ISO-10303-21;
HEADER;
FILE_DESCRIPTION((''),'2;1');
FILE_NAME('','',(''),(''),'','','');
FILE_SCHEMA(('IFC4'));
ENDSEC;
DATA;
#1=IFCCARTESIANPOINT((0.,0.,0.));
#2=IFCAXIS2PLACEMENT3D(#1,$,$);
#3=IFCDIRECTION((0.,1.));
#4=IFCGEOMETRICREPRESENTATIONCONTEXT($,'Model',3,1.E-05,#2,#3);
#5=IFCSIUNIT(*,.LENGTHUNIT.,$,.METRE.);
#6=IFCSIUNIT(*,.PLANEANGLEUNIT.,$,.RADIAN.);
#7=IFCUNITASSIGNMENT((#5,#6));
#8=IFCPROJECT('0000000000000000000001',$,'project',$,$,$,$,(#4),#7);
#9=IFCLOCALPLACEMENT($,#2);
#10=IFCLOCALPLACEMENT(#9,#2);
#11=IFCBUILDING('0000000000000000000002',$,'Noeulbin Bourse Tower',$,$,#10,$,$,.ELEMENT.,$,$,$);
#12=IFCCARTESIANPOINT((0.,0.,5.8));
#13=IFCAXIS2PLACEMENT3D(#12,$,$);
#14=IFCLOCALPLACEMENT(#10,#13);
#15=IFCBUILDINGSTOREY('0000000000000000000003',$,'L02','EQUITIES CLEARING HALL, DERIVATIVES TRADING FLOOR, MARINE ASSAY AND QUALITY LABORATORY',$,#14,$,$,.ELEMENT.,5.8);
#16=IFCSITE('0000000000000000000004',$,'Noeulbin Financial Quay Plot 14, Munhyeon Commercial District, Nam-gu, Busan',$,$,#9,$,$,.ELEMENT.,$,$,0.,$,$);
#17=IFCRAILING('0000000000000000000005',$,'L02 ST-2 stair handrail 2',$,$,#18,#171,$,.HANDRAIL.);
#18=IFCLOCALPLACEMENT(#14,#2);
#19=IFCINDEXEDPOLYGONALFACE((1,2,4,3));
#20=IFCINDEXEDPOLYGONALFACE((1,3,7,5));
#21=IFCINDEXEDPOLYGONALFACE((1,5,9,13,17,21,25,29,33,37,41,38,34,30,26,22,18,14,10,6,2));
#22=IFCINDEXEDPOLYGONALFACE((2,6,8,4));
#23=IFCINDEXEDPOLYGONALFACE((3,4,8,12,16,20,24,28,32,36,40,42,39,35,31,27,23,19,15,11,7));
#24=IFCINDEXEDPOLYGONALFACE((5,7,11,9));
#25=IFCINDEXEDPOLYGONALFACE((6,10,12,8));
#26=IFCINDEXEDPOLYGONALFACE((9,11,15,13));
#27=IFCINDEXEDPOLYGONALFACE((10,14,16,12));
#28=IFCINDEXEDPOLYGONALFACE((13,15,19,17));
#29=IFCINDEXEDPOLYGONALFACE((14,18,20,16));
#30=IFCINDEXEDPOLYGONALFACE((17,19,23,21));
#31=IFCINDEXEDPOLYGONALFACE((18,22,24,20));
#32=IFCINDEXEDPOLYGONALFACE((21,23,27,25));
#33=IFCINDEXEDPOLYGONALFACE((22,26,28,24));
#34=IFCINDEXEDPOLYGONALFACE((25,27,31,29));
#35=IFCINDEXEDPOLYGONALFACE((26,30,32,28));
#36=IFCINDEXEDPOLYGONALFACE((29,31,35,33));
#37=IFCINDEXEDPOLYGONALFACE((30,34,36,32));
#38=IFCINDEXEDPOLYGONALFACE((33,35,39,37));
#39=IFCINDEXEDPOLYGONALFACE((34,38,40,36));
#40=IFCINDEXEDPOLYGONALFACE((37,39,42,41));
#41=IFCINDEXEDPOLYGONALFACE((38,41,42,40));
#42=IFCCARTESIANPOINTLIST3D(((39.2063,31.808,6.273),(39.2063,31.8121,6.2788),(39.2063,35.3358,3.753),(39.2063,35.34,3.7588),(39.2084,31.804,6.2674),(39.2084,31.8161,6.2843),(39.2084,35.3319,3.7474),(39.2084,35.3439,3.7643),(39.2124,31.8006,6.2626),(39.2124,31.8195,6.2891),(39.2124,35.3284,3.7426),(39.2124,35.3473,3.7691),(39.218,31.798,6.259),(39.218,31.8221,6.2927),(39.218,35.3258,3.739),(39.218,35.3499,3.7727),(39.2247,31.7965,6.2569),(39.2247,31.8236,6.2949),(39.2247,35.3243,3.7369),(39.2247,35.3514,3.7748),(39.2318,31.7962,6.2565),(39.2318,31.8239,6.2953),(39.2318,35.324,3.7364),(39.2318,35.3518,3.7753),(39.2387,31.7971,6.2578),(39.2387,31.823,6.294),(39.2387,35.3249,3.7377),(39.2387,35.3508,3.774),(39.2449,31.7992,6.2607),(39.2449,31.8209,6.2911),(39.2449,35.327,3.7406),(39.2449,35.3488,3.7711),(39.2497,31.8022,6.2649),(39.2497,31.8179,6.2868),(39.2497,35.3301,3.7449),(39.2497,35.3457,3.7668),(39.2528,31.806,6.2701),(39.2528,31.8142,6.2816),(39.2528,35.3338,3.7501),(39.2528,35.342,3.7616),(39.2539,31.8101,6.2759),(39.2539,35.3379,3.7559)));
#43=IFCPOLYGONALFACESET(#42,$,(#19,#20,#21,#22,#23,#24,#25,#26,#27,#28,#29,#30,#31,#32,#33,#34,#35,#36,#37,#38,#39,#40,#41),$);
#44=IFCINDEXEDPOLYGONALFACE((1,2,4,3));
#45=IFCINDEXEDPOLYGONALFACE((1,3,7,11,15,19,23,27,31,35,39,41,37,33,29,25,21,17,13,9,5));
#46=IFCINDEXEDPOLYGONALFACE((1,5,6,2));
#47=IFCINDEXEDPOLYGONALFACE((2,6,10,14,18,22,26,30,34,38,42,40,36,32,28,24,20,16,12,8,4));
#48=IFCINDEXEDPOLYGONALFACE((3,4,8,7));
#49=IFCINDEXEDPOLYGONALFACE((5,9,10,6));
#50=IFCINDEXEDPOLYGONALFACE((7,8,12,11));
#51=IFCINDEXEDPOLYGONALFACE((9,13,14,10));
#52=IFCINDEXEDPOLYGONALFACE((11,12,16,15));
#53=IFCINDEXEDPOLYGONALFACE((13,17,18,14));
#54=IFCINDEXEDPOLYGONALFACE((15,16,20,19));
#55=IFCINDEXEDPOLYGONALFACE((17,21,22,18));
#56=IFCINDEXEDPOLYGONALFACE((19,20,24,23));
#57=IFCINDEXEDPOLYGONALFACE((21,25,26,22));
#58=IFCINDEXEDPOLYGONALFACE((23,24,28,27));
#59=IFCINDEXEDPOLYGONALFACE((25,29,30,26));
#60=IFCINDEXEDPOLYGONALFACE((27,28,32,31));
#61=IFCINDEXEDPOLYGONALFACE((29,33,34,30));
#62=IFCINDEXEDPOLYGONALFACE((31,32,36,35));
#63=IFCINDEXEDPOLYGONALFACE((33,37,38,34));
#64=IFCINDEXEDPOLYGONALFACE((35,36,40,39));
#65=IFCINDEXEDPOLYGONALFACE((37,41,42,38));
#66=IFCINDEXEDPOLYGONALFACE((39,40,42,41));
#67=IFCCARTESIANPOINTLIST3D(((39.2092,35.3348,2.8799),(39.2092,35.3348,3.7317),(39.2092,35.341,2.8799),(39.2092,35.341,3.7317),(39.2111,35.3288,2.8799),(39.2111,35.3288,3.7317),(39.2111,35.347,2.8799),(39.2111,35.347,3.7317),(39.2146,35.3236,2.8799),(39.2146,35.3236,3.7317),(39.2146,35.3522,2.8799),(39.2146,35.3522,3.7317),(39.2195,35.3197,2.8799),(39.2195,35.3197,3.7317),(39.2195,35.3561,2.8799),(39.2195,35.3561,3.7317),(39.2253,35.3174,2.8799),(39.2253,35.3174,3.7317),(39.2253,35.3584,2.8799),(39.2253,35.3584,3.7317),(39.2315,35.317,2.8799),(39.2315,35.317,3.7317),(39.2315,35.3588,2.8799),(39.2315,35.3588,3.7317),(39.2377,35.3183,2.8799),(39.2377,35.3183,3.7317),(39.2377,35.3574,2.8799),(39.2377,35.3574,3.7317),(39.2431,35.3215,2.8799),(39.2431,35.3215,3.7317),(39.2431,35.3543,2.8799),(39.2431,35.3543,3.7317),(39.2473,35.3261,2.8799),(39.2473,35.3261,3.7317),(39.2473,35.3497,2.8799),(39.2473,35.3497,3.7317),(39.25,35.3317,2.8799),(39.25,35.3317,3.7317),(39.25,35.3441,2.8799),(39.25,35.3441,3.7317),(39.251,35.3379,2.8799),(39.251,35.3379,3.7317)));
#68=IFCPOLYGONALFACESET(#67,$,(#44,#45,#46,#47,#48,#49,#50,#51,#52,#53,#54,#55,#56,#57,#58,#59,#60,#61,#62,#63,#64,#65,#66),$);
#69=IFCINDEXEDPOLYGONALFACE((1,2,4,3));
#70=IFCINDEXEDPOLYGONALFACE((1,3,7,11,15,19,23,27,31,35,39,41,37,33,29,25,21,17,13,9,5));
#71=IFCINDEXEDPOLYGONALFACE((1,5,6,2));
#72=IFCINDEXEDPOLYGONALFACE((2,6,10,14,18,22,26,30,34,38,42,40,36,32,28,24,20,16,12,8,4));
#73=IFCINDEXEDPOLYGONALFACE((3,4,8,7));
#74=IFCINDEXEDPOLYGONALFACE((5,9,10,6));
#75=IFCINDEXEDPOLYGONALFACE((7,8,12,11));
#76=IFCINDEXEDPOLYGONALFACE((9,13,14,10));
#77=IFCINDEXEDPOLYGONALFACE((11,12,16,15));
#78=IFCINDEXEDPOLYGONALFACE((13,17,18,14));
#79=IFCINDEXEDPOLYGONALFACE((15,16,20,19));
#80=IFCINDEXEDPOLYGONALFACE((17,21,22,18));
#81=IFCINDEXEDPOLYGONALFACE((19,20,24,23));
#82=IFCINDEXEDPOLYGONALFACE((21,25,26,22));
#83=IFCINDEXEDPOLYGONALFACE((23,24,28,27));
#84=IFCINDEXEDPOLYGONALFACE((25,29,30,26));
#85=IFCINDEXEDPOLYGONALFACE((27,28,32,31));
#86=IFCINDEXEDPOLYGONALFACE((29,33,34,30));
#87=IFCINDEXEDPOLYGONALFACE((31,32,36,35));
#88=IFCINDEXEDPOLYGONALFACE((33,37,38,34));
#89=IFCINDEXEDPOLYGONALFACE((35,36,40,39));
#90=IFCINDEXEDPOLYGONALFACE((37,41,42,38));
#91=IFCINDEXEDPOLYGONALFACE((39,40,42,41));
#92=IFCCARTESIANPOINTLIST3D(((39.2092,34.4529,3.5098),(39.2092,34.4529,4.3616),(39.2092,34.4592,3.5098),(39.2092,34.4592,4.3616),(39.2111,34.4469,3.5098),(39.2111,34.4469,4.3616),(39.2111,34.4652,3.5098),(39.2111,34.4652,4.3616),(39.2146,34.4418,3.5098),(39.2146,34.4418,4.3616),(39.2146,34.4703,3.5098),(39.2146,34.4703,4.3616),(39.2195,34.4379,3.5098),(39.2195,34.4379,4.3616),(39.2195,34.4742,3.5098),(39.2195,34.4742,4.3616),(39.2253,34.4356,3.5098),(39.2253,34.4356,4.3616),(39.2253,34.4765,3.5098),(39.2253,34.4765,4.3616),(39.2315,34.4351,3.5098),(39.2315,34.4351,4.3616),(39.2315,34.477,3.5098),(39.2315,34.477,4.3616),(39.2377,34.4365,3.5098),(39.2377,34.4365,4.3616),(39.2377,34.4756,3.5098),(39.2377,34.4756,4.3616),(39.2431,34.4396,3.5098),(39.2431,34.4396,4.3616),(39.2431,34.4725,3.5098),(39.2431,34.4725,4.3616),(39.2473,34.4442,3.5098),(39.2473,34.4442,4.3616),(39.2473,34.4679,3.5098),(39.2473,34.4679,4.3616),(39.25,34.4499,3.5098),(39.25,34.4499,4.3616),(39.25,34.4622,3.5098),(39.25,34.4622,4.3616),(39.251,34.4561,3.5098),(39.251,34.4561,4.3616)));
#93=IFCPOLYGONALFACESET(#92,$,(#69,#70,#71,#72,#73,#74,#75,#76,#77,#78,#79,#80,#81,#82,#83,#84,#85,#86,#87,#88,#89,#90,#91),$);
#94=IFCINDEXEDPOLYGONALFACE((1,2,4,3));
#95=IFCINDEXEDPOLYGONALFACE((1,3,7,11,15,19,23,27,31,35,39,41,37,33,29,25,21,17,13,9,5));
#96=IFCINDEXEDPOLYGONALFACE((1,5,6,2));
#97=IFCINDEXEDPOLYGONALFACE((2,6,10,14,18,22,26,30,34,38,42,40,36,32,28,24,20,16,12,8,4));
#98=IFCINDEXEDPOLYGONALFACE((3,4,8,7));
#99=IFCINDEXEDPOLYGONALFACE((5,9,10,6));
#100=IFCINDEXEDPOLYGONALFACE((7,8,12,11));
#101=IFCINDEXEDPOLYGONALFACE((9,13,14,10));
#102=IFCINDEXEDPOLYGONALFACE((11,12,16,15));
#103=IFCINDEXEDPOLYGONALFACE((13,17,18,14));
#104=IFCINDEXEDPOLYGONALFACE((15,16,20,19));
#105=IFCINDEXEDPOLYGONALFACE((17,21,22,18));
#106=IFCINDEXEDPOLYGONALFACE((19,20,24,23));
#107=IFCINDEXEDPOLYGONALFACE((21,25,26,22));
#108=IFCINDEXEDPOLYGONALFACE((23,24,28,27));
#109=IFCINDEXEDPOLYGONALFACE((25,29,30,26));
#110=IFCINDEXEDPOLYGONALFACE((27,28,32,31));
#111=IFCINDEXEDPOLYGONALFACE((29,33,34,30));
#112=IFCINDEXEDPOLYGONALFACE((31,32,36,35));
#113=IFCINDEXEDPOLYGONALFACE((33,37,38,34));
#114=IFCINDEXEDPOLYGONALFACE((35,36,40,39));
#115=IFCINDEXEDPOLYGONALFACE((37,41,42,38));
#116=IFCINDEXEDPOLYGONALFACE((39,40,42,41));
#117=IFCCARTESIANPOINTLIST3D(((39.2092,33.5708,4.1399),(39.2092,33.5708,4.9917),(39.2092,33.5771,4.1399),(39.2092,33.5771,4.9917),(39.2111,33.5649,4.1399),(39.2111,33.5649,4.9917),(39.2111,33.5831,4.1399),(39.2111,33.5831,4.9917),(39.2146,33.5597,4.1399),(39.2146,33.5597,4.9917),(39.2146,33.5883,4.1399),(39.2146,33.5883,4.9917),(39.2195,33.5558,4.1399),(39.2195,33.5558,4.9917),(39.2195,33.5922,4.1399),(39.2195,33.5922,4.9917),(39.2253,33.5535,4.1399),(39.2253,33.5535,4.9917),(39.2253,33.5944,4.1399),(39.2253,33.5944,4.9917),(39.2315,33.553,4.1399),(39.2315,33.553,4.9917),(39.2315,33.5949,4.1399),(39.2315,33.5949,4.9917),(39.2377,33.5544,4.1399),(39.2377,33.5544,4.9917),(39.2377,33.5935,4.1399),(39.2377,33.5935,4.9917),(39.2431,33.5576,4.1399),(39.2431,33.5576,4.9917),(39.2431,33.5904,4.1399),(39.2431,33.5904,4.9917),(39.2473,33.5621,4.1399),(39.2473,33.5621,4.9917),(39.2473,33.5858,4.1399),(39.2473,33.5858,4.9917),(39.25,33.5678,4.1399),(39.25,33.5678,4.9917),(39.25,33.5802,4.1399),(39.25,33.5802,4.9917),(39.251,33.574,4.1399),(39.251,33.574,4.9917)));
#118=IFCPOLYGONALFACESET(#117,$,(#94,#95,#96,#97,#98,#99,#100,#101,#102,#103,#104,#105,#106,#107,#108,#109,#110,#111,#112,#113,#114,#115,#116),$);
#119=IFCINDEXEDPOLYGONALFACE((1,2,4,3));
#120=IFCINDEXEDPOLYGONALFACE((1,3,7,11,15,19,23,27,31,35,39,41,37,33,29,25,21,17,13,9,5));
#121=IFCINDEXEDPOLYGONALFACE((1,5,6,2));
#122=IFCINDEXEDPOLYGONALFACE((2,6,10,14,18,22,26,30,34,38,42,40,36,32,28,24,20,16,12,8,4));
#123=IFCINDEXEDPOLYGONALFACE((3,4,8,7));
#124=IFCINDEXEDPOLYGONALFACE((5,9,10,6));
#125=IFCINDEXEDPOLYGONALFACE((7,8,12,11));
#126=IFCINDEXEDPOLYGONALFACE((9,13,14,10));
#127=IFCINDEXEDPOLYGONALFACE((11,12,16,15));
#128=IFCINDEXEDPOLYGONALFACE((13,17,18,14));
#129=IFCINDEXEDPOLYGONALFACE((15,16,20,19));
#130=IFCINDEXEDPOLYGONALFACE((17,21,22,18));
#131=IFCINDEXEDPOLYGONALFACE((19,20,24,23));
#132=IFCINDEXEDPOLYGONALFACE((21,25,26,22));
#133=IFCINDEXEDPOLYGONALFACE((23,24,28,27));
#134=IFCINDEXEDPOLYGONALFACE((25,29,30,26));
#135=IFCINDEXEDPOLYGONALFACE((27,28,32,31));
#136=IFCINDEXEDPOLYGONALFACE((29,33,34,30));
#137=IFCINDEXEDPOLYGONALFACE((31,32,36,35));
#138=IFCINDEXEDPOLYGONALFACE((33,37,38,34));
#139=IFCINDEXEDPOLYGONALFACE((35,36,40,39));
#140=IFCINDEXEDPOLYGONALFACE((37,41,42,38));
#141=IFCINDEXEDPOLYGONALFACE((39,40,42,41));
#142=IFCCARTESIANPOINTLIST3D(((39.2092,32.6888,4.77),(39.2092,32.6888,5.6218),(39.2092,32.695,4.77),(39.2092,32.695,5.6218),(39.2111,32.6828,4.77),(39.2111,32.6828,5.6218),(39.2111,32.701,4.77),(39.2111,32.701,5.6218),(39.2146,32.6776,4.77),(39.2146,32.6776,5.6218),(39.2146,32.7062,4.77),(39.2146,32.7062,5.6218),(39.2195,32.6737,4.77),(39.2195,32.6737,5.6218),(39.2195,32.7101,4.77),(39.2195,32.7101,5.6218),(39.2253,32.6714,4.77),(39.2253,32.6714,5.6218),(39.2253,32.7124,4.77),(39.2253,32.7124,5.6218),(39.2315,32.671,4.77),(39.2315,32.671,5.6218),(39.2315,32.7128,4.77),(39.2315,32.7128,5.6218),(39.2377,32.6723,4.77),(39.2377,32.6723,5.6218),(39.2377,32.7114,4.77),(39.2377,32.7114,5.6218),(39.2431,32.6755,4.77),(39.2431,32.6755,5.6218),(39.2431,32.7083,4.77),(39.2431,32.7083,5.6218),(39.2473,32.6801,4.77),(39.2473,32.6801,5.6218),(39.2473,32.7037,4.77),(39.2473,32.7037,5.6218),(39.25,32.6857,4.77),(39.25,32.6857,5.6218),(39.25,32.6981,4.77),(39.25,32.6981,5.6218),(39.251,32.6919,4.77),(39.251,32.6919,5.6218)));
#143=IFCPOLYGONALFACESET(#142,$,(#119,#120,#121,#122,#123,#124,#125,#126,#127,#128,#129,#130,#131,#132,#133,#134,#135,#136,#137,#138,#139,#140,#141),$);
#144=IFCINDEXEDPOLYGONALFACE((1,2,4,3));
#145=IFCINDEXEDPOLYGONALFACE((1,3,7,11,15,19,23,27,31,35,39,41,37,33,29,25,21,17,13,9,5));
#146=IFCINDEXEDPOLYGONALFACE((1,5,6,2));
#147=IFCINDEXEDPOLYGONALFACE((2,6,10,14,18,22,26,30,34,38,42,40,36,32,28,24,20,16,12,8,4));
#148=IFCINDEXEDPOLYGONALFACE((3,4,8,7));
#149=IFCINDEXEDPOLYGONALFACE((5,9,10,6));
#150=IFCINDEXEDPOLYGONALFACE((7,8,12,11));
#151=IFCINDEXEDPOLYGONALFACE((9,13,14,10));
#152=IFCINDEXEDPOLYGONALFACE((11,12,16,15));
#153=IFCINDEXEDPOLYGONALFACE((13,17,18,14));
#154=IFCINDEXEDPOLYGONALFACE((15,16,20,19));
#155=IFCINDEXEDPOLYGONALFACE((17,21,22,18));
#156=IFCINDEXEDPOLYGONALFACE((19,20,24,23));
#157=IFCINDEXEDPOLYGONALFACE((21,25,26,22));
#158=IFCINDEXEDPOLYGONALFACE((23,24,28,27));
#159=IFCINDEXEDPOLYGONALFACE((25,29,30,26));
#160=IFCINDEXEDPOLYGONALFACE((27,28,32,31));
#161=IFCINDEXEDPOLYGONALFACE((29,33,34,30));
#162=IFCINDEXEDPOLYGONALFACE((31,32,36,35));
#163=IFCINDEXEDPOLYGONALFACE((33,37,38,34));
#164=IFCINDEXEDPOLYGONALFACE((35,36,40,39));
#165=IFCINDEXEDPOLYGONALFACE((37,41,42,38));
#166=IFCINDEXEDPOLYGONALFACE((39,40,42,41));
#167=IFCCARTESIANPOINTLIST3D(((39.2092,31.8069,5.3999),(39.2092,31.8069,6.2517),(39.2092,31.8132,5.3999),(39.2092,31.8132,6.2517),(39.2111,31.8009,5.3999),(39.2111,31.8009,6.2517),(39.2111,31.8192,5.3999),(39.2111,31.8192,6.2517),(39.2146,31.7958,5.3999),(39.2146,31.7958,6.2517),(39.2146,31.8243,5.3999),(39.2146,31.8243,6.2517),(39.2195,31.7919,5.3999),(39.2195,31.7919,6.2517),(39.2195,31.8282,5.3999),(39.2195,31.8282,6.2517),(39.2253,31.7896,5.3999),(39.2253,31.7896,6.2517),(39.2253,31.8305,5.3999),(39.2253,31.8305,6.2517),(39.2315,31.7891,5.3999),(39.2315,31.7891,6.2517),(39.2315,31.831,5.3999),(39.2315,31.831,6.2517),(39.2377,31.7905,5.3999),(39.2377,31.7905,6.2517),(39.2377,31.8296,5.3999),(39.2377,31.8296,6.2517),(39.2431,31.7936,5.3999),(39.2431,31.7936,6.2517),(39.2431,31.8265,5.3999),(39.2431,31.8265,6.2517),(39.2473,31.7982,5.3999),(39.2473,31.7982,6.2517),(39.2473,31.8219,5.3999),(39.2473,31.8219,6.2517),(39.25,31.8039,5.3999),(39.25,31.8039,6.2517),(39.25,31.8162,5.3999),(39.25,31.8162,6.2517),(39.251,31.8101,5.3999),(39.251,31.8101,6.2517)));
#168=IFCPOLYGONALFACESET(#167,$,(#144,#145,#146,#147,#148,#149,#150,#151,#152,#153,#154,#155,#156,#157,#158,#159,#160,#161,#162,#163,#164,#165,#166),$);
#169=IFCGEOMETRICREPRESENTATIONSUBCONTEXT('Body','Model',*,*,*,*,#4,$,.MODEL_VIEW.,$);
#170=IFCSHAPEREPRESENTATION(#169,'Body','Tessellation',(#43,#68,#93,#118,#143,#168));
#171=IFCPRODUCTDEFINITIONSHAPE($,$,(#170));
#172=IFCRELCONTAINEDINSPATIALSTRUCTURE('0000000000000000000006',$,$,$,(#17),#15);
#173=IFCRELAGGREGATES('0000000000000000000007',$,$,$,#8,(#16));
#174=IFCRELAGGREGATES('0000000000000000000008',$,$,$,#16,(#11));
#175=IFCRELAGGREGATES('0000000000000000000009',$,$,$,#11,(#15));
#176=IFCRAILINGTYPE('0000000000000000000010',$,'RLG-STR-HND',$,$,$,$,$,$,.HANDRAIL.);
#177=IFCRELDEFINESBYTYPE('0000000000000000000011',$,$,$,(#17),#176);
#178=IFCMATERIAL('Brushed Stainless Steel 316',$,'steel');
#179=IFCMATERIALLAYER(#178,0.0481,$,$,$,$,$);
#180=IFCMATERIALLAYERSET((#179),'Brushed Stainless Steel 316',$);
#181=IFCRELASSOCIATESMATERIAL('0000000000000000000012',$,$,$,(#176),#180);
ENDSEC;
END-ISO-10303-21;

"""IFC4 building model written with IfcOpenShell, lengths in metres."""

from ifc_helpers import new_model, si_unit, direction, frame, origin, origin_2d, place, context, subcontext, project, spatial, circle, extrude, material, layer, layer_set, type_object, element, save


model = new_model("IFC4")

# Units and contexts
model_context = context("Model", 3, precision=1e-05, world=origin(), true_north=direction((0.0, 1.0)))
body_context = subcontext(model_context, "Body", "Model", "MODEL_VIEW")
ifc_project = project(units=[si_unit("LENGTHUNIT", "METRE"), si_unit("PLANEANGLEUNIT", "RADIAN")], contexts=[model_context])

# Site, building, storey
site_placement = place(None, origin())
site = spatial("IfcSite", under=ifc_project, at=site_placement, Name="Noeulbin Financial Quay Plot 14, Munhyeon Commercial District, Nam-gu, Busan", CompositionType="ELEMENT", RefElevation=0.0)
building_placement = place(site_placement, origin())
building = spatial("IfcBuilding", under=site, at=building_placement, Name="Noeulbin Bourse Tower", CompositionType="ELEMENT")
storey_placement = place(building_placement, frame((0.0, 0.0, 5.8)))
storey = spatial("IfcBuildingStorey", under=building, at=storey_placement, Name="L02", Description="EQUITIES CLEARING HALL, DERIVATIVES TRADING FLOOR, MARINE ASSAY AND QUALITY LABORATORY", CompositionType="ELEMENT", Elevation=5.8)

# Railing
ifc_material_1 = material(Name="Brushed Stainless Steel 316", Category="steel")
ifc_layer_1 = layer(ifc_material_1, 0.0481)
ifc_layer_set_1 = layer_set([ifc_layer_1], Name="Brushed Stainless Steel 316")
railing_type_1 = type_object("IfcRailingType", Name="RLG-STR-HND", PredefinedType="HANDRAIL", material=ifc_layer_set_1)
railing_1_placement = place(storey_placement, frame((39.23, 35.3379, 2.8799)))
element("IfcRailing", 1, at=railing_1_placement, inside=storey, type_object=railing_type_1, Name="L02 ST-2 stair handrail 2", PredefinedType="HANDRAIL", context=body_context, shape_type="SweptSolid", body=[
    extrude(circle(Radius=0.0239, at=origin_2d()), frame((0.0, 0.0, 0.876), z_axis=(0.0, -0.813718, 0.58126), x_axis=(1.0, 0.0, 0.0)), (0.0, 0.0, 1.0), 4.3354),
    extrude(circle(Radius=0.021, at=origin_2d()), origin(), (0.0, 0.0, 1.0), 0.8518),
    extrude(circle(Radius=0.021, at=origin_2d()), frame((0.0, -0.8818, 0.6299)), (0.0, 0.0, 1.0), 0.8518),
    extrude(circle(Radius=0.021, at=origin_2d()), frame((0.0, -1.7639, 1.26)), (0.0, 0.0, 1.0), 0.8518),
    extrude(circle(Radius=0.021, at=origin_2d()), frame((0.0, -2.646, 1.8901)), (0.0, 0.0, 1.0), 0.8518),
    extrude(circle(Radius=0.021, at=origin_2d()), frame((0.0, -3.5278, 2.52)), (0.0, 0.0, 1.0), 0.8518),
])

save(model, "model.ifc")
